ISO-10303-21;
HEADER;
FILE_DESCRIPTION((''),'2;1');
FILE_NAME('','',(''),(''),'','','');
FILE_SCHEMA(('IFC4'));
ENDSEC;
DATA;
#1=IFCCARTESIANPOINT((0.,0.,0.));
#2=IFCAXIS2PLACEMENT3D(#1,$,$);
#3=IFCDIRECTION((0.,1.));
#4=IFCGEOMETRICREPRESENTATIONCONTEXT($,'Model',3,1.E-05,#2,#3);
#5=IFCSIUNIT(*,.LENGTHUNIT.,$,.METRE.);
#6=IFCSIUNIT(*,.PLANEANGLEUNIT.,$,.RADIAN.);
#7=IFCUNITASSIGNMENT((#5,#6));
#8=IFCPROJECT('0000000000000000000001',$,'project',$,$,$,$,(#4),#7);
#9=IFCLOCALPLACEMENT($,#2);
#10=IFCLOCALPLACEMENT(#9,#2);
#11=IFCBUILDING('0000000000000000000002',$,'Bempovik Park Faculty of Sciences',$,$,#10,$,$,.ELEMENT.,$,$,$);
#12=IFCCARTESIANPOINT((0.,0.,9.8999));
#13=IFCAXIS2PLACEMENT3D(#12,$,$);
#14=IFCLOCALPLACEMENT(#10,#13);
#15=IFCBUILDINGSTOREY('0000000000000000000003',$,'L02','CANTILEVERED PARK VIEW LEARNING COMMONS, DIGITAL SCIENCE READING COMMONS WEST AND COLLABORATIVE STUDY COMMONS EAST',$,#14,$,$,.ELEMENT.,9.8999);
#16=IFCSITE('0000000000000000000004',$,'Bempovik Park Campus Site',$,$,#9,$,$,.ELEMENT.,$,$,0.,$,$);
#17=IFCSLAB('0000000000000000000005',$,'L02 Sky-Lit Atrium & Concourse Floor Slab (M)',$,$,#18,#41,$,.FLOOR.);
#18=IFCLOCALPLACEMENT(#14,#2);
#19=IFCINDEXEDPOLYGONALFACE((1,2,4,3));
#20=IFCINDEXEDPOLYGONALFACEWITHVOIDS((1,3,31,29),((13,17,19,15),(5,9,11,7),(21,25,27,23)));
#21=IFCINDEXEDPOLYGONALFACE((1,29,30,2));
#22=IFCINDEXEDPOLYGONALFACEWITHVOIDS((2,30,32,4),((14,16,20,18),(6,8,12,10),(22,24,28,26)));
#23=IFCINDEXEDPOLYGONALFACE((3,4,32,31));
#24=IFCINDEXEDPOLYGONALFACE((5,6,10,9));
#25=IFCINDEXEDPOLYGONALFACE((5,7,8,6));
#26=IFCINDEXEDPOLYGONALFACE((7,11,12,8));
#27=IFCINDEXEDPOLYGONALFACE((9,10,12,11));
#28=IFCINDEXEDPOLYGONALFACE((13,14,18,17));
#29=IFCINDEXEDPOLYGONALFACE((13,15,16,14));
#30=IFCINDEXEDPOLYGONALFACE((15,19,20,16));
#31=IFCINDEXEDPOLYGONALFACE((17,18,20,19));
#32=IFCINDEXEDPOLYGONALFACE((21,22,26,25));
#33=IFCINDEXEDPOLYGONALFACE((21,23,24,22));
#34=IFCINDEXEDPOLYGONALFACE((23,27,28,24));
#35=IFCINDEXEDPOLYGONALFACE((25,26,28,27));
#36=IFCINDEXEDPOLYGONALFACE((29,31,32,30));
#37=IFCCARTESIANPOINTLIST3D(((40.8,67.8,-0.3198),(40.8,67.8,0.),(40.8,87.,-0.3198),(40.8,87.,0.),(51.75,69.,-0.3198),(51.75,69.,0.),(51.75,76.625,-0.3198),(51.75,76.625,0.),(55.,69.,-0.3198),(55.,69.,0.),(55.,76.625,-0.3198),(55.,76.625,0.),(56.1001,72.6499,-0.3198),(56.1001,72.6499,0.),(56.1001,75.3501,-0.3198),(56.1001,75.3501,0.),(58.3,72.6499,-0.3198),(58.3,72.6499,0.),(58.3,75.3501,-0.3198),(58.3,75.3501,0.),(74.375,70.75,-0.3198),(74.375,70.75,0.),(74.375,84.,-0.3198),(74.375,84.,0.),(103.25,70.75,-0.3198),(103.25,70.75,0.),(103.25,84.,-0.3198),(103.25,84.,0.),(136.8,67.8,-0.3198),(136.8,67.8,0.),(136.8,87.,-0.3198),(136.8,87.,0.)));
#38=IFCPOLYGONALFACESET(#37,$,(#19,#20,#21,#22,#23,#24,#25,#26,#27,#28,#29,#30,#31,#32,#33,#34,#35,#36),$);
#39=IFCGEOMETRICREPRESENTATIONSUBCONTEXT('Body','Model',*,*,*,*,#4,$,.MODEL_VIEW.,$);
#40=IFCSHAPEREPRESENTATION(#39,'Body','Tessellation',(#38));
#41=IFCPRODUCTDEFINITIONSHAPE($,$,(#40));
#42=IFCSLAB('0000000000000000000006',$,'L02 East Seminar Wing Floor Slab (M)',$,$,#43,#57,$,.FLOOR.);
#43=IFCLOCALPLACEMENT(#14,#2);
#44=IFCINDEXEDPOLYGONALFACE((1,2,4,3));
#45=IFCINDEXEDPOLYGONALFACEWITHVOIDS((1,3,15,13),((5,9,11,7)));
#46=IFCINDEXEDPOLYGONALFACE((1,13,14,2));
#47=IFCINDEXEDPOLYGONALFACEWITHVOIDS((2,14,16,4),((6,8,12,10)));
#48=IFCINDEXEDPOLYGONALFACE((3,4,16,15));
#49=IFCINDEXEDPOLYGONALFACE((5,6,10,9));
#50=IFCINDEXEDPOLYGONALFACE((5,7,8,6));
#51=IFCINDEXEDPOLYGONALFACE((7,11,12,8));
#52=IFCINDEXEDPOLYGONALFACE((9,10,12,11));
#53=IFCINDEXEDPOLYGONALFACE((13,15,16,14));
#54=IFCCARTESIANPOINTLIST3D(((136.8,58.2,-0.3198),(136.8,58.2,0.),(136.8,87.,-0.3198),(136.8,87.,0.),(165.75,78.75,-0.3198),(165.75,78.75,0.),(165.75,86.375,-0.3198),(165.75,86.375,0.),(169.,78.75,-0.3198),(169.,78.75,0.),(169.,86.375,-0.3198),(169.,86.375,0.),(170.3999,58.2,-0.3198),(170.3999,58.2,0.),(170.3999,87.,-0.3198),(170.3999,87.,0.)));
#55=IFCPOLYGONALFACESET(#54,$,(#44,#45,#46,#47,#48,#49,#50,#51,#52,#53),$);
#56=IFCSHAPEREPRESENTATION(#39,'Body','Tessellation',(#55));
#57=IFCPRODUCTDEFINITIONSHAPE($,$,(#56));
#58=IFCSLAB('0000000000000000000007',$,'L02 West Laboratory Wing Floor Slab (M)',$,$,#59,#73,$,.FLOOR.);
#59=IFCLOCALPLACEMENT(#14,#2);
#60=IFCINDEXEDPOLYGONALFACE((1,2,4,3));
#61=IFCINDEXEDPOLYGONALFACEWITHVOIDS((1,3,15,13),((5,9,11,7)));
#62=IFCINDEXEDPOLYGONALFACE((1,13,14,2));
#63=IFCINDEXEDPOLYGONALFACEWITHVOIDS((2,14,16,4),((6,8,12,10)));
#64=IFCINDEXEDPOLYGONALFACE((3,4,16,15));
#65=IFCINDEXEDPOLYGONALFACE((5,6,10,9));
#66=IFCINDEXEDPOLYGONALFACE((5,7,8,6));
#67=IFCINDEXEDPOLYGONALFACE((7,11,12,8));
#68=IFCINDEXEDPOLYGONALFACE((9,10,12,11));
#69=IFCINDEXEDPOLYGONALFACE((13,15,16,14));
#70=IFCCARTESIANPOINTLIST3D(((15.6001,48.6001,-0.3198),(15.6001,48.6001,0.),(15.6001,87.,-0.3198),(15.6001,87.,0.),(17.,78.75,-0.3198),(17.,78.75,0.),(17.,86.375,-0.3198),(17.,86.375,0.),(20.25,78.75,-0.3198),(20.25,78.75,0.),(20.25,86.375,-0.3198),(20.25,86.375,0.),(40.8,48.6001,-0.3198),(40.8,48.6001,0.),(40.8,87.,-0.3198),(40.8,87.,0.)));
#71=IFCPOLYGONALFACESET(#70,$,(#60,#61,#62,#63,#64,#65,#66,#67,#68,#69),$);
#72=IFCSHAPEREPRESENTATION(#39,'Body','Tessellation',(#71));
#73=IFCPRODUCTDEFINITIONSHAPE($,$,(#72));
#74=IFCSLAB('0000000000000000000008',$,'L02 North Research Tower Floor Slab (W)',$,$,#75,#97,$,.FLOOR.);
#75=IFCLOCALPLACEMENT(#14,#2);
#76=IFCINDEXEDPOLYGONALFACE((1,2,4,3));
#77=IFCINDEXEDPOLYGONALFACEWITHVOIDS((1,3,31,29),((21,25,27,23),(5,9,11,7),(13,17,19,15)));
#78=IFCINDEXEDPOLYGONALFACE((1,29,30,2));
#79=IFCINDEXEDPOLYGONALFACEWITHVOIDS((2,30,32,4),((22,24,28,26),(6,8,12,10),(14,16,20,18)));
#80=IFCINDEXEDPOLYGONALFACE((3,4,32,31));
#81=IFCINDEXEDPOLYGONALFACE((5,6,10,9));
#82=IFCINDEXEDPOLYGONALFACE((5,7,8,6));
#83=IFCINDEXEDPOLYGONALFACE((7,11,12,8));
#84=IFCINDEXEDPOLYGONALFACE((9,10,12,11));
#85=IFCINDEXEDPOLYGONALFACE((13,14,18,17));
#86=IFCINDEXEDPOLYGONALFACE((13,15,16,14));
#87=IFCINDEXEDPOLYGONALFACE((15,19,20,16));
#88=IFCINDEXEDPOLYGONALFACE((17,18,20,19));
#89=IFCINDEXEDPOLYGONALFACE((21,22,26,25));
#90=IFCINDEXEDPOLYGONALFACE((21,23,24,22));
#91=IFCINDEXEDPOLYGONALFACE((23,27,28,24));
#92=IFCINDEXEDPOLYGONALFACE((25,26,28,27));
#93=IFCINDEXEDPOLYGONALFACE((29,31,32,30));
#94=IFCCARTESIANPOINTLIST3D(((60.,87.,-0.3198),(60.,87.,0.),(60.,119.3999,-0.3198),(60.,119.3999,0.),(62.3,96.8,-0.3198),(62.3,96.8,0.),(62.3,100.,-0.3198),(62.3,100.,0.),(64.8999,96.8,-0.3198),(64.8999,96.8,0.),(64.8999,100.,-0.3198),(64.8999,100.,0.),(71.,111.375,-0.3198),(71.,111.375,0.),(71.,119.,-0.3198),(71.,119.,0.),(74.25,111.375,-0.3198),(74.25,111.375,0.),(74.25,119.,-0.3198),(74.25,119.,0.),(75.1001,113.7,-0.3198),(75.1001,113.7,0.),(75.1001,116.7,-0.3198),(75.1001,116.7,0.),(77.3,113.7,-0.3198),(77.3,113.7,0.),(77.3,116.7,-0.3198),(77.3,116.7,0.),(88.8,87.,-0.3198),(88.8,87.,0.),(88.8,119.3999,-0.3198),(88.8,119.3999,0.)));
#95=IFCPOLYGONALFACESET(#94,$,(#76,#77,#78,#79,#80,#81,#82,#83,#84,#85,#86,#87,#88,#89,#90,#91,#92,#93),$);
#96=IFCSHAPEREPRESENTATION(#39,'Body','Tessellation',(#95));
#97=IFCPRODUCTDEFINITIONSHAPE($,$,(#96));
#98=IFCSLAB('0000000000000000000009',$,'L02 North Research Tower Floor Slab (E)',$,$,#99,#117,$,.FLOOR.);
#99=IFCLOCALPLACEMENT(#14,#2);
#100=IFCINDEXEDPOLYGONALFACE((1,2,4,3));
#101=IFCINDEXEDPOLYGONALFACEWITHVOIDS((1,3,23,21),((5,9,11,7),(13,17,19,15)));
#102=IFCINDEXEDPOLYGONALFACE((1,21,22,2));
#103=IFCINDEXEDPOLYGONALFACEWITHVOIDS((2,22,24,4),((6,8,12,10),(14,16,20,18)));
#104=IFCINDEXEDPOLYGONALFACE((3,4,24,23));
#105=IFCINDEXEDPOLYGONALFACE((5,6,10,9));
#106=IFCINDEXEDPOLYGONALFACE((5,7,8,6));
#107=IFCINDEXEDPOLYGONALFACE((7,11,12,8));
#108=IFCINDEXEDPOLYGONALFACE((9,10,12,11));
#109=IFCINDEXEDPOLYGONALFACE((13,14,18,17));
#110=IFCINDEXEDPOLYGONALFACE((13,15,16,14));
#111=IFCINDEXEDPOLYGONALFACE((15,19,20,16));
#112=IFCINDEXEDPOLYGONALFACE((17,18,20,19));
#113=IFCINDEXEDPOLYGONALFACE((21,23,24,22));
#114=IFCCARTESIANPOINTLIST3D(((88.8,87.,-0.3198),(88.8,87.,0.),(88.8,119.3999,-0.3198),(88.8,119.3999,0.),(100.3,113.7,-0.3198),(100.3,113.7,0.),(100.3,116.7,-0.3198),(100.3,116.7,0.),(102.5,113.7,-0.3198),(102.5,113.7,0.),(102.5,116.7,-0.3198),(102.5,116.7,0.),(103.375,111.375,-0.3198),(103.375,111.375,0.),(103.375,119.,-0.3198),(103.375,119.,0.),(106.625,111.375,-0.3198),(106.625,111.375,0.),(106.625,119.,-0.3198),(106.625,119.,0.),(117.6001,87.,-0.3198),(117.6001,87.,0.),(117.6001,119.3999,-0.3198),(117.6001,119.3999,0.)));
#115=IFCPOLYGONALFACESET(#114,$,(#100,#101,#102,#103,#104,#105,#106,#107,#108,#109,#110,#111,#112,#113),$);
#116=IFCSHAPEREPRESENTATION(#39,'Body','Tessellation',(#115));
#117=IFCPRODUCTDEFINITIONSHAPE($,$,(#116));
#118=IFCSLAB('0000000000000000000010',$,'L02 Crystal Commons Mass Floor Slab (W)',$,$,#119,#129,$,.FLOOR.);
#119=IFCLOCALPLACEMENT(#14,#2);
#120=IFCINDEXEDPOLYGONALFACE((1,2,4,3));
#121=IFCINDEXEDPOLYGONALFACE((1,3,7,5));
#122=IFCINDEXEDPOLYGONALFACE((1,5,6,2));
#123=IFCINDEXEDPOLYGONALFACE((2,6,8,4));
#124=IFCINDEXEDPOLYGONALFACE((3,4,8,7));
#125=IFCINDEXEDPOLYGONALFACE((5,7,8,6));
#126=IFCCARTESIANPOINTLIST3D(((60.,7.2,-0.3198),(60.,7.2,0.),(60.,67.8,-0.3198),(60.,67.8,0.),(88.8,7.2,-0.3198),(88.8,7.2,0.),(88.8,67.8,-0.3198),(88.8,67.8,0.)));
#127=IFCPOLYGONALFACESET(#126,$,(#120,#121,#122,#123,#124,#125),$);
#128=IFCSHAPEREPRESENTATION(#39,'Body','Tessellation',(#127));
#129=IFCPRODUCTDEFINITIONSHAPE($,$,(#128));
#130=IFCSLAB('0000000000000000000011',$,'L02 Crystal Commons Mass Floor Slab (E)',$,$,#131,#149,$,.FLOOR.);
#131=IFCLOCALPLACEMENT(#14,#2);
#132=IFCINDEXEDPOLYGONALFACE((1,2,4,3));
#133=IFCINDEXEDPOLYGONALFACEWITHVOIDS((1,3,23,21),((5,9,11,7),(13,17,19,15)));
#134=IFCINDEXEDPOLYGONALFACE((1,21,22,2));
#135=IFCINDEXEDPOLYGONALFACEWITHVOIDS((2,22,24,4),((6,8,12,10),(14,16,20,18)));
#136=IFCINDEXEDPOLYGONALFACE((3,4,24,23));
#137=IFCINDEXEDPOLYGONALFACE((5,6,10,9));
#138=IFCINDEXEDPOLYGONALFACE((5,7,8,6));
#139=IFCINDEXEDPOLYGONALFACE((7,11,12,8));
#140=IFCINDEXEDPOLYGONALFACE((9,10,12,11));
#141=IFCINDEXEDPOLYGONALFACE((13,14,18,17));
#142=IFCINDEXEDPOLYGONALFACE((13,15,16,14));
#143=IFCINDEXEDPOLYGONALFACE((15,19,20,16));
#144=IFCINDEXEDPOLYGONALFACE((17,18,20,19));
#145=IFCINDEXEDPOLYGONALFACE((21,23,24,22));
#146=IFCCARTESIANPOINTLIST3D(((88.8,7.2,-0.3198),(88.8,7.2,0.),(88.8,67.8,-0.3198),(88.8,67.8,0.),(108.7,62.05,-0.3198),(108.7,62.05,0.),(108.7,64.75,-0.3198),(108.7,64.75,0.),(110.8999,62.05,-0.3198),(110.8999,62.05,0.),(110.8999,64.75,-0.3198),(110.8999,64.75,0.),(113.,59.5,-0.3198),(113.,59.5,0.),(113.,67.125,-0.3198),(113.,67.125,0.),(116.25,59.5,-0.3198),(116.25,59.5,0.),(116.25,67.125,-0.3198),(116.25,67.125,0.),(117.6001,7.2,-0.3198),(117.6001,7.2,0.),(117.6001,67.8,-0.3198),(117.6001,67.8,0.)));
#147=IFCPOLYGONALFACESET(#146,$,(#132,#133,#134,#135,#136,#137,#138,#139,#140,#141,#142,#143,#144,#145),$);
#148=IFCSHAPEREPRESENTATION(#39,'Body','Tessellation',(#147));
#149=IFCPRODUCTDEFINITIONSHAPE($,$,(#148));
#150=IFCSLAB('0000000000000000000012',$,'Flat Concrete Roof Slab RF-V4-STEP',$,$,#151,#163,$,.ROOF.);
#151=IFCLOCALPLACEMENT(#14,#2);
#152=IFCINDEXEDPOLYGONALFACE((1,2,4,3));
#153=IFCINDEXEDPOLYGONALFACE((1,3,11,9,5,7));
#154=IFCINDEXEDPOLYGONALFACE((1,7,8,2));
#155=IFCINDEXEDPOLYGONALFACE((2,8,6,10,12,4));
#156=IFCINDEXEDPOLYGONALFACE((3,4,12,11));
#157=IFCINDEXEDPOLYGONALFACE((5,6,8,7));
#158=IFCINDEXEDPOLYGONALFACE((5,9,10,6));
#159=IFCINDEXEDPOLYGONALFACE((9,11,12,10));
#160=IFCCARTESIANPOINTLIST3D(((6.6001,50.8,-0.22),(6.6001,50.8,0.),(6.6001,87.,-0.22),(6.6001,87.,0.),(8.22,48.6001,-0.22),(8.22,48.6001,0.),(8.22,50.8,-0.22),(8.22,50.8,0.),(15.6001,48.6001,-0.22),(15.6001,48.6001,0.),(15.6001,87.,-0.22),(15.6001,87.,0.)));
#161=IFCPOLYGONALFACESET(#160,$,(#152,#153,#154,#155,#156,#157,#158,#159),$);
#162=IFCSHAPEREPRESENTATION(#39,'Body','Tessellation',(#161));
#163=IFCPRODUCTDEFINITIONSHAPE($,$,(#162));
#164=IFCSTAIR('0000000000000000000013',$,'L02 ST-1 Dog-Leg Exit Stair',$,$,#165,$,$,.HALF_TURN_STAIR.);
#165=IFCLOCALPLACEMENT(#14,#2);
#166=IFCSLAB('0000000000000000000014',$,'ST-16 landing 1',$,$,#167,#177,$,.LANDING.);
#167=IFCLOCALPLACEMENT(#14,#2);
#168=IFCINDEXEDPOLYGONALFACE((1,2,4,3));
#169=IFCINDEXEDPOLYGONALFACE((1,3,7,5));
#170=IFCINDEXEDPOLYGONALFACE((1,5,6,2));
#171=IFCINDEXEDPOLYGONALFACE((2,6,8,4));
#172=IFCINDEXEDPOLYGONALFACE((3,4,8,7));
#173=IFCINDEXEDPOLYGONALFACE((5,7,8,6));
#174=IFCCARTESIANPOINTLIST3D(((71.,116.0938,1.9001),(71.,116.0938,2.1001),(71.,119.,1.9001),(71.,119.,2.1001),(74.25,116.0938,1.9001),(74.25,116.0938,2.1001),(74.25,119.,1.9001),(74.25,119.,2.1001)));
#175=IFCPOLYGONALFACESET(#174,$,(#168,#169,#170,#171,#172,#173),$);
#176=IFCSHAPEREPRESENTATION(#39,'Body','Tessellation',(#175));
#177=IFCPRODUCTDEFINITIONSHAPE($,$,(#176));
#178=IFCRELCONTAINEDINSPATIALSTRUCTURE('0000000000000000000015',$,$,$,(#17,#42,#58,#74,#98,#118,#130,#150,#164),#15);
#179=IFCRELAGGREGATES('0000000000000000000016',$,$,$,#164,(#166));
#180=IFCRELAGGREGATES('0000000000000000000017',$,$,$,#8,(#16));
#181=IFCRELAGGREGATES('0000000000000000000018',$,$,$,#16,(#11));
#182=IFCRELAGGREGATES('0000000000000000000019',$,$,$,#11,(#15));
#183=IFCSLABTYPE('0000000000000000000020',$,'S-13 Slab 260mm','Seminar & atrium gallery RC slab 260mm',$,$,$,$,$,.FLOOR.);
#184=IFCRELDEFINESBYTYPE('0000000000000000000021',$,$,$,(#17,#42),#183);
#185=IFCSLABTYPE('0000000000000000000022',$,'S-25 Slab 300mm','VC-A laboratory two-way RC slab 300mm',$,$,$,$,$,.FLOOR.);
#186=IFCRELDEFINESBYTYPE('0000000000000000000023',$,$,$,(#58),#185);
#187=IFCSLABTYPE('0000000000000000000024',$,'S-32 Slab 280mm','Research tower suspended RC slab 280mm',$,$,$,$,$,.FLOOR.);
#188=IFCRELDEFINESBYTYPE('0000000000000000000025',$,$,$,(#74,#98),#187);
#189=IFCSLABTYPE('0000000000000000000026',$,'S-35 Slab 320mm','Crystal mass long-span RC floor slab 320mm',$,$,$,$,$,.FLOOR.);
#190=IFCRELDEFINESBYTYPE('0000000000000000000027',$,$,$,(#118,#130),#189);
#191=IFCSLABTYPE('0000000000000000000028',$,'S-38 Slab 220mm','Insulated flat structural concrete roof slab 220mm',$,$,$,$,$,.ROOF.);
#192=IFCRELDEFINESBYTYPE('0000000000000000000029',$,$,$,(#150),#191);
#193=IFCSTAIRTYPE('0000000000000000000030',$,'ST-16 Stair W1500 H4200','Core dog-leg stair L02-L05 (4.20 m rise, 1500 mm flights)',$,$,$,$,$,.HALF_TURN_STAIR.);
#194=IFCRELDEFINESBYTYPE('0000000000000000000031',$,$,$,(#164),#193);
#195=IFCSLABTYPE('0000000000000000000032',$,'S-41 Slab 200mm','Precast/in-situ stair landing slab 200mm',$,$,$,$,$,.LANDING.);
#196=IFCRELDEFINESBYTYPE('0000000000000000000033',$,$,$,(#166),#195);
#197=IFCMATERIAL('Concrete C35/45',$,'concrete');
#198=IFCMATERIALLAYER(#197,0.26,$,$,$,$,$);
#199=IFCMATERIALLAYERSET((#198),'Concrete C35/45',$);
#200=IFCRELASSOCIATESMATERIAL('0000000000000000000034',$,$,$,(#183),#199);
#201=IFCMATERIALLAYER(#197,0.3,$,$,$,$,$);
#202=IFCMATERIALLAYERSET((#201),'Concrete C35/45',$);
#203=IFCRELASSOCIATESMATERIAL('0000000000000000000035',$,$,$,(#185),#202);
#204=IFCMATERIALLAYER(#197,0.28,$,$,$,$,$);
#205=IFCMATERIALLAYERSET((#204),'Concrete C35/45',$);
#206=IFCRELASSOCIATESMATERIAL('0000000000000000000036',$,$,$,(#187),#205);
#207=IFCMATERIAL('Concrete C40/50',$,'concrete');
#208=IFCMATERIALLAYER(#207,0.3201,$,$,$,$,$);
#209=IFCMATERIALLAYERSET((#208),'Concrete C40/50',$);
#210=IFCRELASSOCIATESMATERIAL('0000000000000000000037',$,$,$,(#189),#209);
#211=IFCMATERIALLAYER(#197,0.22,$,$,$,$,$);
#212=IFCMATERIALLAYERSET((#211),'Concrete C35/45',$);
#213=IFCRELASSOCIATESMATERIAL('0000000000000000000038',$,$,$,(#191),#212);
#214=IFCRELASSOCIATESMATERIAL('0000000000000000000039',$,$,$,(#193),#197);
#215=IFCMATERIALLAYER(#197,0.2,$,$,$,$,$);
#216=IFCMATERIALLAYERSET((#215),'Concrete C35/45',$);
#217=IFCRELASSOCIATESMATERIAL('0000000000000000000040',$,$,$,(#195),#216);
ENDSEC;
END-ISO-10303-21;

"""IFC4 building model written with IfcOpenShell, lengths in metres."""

from ifc_helpers import new_model, si_unit, direction, frame, origin, place, context, subcontext, project, spatial, polyline, outline, extrude, material, layer, layer_set, type_object, element, aggregate, save


model = new_model("IFC4")

# Units and contexts
model_context = context("Model", 3, precision=1e-05, world=origin(), true_north=direction((0.0, 1.0)))
body_context = subcontext(model_context, "Body", "Model", "MODEL_VIEW")
ifc_project = project(units=[si_unit("LENGTHUNIT", "METRE"), si_unit("PLANEANGLEUNIT", "RADIAN")], contexts=[model_context])

# Site, building, storey
site_placement = place(None, origin())
site = spatial("IfcSite", under=ifc_project, at=site_placement, Name="Bempovik Park Campus Site", CompositionType="ELEMENT", RefElevation=0.0)
building_placement = place(site_placement, origin())
building = spatial("IfcBuilding", under=site, at=building_placement, Name="Bempovik Park Faculty of Sciences", CompositionType="ELEMENT")
storey_placement = place(building_placement, frame((0.0, 0.0, 9.8999)))
storey = spatial("IfcBuildingStorey", under=building, at=storey_placement, Name="L02", Description="CANTILEVERED PARK VIEW LEARNING COMMONS, DIGITAL SCIENCE READING COMMONS WEST AND COLLABORATIVE STUDY COMMONS EAST", CompositionType="ELEMENT", Elevation=9.8999)

# Slabs
ifc_material_1 = material(Name="Concrete C35/45", Category="concrete")
ifc_layer_1 = layer(ifc_material_1, 0.26)
ifc_layer_set_1 = layer_set([ifc_layer_1], Name="Concrete C35/45")
slab_type_1 = type_object("IfcSlabType", Name="S-13 Slab 260mm", Description="Seminar & atrium gallery RC slab 260mm", PredefinedType="FLOOR", material=ifc_layer_set_1)
slab_1_placement = place(storey_placement, frame((0.0, 0.0, -0.3198)))
element("IfcSlab", 1, at=slab_1_placement, inside=storey, type_object=slab_type_1, Name="L02 Sky-Lit Atrium & Concourse Floor Slab (M)", PredefinedType="FLOOR", context=body_context, shape_type="SweptSolid", body=[
    extrude(outline(polyline([(40.8, 67.8), (136.8, 67.8), (136.8, 87.0), (40.8, 87.0), (40.8, 67.8)]), holes=[polyline([(51.75, 69.0), (55.0, 69.0), (55.0, 76.625), (51.75, 76.625), (51.75, 69.0)]), polyline([(56.1001, 72.6499), (58.3, 72.6499), (58.3, 75.3501), (56.1001, 75.3501), (56.1001, 72.6499)]), polyline([(74.375, 70.75), (103.25, 70.75), (103.25, 84.0), (74.375, 84.0), (74.375, 70.75)])]), origin(), (0.0, 0.0, 1.0), 0.3198),
])
slab_2_placement = place(storey_placement, frame((0.0, 0.0, -0.3198)))
element("IfcSlab", 2, at=slab_2_placement, inside=storey, type_object=slab_type_1, Name="L02 East Seminar Wing Floor Slab (M)", PredefinedType="FLOOR", context=body_context, shape_type="SweptSolid", body=[
    extrude(outline(polyline([(136.8, 58.2), (170.3999, 58.2), (170.3999, 87.0), (136.8, 87.0), (136.8, 58.2)]), holes=[polyline([(165.75, 78.75), (169.0, 78.75), (169.0, 86.375), (165.75, 86.375), (165.75, 78.75)])]), origin(), (0.0, 0.0, 1.0), 0.3198),
])
ifc_layer_2 = layer(ifc_material_1, 0.3)
ifc_layer_set_2 = layer_set([ifc_layer_2], Name="Concrete C35/45")
slab_type_2 = type_object("IfcSlabType", Name="S-25 Slab 300mm", Description="VC-A laboratory two-way RC slab 300mm", PredefinedType="FLOOR", material=ifc_layer_set_2)
slab_3_placement = place(storey_placement, frame((0.0, 0.0, -0.3198)))
element("IfcSlab", 3, at=slab_3_placement, inside=storey, type_object=slab_type_2, Name="L02 West Laboratory Wing Floor Slab (M)", PredefinedType="FLOOR", context=body_context, shape_type="SweptSolid", body=[
    extrude(outline(polyline([(15.6001, 48.6001), (40.8, 48.6001), (40.8, 87.0), (15.6001, 87.0), (15.6001, 48.6001)]), holes=[polyline([(17.0, 78.75), (20.25, 78.75), (20.25, 86.375), (17.0, 86.375), (17.0, 78.75)])]), origin(), (0.0, 0.0, 1.0), 0.3198),
])
ifc_layer_3 = layer(ifc_material_1, 0.28)
ifc_layer_set_3 = layer_set([ifc_layer_3], Name="Concrete C35/45")
slab_type_3 = type_object("IfcSlabType", Name="S-32 Slab 280mm", Description="Research tower suspended RC slab 280mm", PredefinedType="FLOOR", material=ifc_layer_set_3)
slab_4_placement = place(storey_placement, frame((0.0, 0.0, -0.3198)))
element("IfcSlab", 4, at=slab_4_placement, inside=storey, type_object=slab_type_3, Name="L02 North Research Tower Floor Slab (W)", PredefinedType="FLOOR", context=body_context, shape_type="SweptSolid", body=[
    extrude(outline(polyline([(60.0, 87.0), (88.8, 87.0), (88.8, 119.3999), (60.0, 119.3999), (60.0, 87.0)]), holes=[polyline([(71.0, 111.375), (74.25, 111.375), (74.25, 119.0), (71.0, 119.0), (71.0, 111.375)]), polyline([(75.1001, 113.7), (77.3, 113.7), (77.3, 116.7), (75.1001, 116.7), (75.1001, 113.7)]), polyline([(62.3, 96.8), (64.8999, 96.8), (64.8999, 100.0), (62.3, 100.0), (62.3, 96.8)])]), origin(), (0.0, 0.0, 1.0), 0.3198),
])
slab_5_placement = place(storey_placement, frame((0.0, 0.0, -0.3198)))
element("IfcSlab", 5, at=slab_5_placement, inside=storey, type_object=slab_type_3, Name="L02 North Research Tower Floor Slab (E)", PredefinedType="FLOOR", context=body_context, shape_type="SweptSolid", body=[
    extrude(outline(polyline([(88.8, 87.0), (117.6001, 87.0), (117.6001, 119.3999), (88.8, 119.3999), (88.8, 87.0)]), holes=[polyline([(103.375, 111.375), (106.625, 111.375), (106.625, 119.0), (103.375, 119.0), (103.375, 111.375)]), polyline([(100.3, 113.7), (102.5, 113.7), (102.5, 116.7), (100.3, 116.7), (100.3, 113.7)])]), origin(), (0.0, 0.0, 1.0), 0.3198),
])
ifc_material_2 = material(Name="Concrete C40/50", Category="concrete")
ifc_layer_4 = layer(ifc_material_2, 0.3201)
ifc_layer_set_4 = layer_set([ifc_layer_4], Name="Concrete C40/50")
slab_type_4 = type_object("IfcSlabType", Name="S-35 Slab 320mm", Description="Crystal mass long-span RC floor slab 320mm", PredefinedType="FLOOR", material=ifc_layer_set_4)
slab_6_placement = place(storey_placement, frame((0.0, 0.0, -0.3198)))
element("IfcSlab", 6, at=slab_6_placement, inside=storey, type_object=slab_type_4, Name="L02 Crystal Commons Mass Floor Slab (W)", PredefinedType="FLOOR", context=body_context, shape_type="SweptSolid", body=[
    extrude(outline(polyline([(60.0, 7.2), (88.8, 7.2), (88.8, 67.8), (60.0, 67.8), (60.0, 7.2)])), origin(), (0.0, 0.0, 1.0), 0.3198),
])
slab_7_placement = place(storey_placement, frame((0.0, 0.0, -0.3198)))
element("IfcSlab", 7, at=slab_7_placement, inside=storey, type_object=slab_type_4, Name="L02 Crystal Commons Mass Floor Slab (E)", PredefinedType="FLOOR", context=body_context, shape_type="SweptSolid", body=[
    extrude(outline(polyline([(88.8, 7.2), (117.6001, 7.2), (117.6001, 67.8), (88.8, 67.8), (88.8, 7.2)]), holes=[polyline([(113.0, 59.5), (116.25, 59.5), (116.25, 67.125), (113.0, 67.125), (113.0, 59.5)]), polyline([(108.7, 62.05), (110.8999, 62.05), (110.8999, 64.75), (108.7, 64.75), (108.7, 62.05)])]), origin(), (0.0, 0.0, 1.0), 0.3198),
])
ifc_layer_5 = layer(ifc_material_1, 0.22)
ifc_layer_set_5 = layer_set([ifc_layer_5], Name="Concrete C35/45")
slab_type_5 = type_object("IfcSlabType", Name="S-38 Slab 220mm", Description="Insulated flat structural concrete roof slab 220mm", PredefinedType="ROOF", material=ifc_layer_set_5)
slab_8_placement = place(storey_placement, frame((0.0, 0.0, -0.22)))
element("IfcSlab", 8, at=slab_8_placement, inside=storey, type_object=slab_type_5, Name="Flat Concrete Roof Slab RF-V4-STEP", PredefinedType="ROOF", context=body_context, shape_type="SweptSolid", body=[
    extrude(outline(polyline([(8.22, 48.6001), (15.6001, 48.6001), (15.6001, 87.0), (6.6001, 87.0), (6.6001, 50.8), (8.22, 50.8), (8.22, 48.6001)])), origin(), (0.0, 0.0, 1.0), 0.22),
])

# Stair, slab
stair_type = type_object("IfcStairType", Name="ST-16 Stair W1500 H4200", Description="Core dog-leg stair L02-L05 (4.20 m rise, 1500 mm flights)", PredefinedType="HALF_TURN_STAIR", material=ifc_material_1)
stair_1_placement = place(storey_placement, origin())
stair_1 = element("IfcStair", 9, at=stair_1_placement, inside=storey, type_object=stair_type, Name="L02 ST-1 Dog-Leg Exit Stair", PredefinedType="HALF_TURN_STAIR")
ifc_layer_6 = layer(ifc_material_1, 0.2)
ifc_layer_set_6 = layer_set([ifc_layer_6], Name="Concrete C35/45")
slab_type_6 = type_object("IfcSlabType", Name="S-41 Slab 200mm", Description="Precast/in-situ stair landing slab 200mm", PredefinedType="LANDING", material=ifc_layer_set_6)
slab_9_placement = place(storey_placement, frame((0.0, 0.0, 1.9001)))
slab_9 = element("IfcSlab", 10, at=slab_9_placement, type_object=slab_type_6, Name="ST-16 landing 1", PredefinedType="LANDING", context=body_context, shape_type="SweptSolid", body=[
    extrude(outline(polyline([(74.25, 116.0938), (74.25, 119.0), (71.0, 119.0), (71.0, 116.0938), (74.25, 116.0938)])), origin(), (0.0, 0.0, 1.0), 0.2),
])
aggregate(stair_1, [slab_9])

save(model, "model.ifc")
